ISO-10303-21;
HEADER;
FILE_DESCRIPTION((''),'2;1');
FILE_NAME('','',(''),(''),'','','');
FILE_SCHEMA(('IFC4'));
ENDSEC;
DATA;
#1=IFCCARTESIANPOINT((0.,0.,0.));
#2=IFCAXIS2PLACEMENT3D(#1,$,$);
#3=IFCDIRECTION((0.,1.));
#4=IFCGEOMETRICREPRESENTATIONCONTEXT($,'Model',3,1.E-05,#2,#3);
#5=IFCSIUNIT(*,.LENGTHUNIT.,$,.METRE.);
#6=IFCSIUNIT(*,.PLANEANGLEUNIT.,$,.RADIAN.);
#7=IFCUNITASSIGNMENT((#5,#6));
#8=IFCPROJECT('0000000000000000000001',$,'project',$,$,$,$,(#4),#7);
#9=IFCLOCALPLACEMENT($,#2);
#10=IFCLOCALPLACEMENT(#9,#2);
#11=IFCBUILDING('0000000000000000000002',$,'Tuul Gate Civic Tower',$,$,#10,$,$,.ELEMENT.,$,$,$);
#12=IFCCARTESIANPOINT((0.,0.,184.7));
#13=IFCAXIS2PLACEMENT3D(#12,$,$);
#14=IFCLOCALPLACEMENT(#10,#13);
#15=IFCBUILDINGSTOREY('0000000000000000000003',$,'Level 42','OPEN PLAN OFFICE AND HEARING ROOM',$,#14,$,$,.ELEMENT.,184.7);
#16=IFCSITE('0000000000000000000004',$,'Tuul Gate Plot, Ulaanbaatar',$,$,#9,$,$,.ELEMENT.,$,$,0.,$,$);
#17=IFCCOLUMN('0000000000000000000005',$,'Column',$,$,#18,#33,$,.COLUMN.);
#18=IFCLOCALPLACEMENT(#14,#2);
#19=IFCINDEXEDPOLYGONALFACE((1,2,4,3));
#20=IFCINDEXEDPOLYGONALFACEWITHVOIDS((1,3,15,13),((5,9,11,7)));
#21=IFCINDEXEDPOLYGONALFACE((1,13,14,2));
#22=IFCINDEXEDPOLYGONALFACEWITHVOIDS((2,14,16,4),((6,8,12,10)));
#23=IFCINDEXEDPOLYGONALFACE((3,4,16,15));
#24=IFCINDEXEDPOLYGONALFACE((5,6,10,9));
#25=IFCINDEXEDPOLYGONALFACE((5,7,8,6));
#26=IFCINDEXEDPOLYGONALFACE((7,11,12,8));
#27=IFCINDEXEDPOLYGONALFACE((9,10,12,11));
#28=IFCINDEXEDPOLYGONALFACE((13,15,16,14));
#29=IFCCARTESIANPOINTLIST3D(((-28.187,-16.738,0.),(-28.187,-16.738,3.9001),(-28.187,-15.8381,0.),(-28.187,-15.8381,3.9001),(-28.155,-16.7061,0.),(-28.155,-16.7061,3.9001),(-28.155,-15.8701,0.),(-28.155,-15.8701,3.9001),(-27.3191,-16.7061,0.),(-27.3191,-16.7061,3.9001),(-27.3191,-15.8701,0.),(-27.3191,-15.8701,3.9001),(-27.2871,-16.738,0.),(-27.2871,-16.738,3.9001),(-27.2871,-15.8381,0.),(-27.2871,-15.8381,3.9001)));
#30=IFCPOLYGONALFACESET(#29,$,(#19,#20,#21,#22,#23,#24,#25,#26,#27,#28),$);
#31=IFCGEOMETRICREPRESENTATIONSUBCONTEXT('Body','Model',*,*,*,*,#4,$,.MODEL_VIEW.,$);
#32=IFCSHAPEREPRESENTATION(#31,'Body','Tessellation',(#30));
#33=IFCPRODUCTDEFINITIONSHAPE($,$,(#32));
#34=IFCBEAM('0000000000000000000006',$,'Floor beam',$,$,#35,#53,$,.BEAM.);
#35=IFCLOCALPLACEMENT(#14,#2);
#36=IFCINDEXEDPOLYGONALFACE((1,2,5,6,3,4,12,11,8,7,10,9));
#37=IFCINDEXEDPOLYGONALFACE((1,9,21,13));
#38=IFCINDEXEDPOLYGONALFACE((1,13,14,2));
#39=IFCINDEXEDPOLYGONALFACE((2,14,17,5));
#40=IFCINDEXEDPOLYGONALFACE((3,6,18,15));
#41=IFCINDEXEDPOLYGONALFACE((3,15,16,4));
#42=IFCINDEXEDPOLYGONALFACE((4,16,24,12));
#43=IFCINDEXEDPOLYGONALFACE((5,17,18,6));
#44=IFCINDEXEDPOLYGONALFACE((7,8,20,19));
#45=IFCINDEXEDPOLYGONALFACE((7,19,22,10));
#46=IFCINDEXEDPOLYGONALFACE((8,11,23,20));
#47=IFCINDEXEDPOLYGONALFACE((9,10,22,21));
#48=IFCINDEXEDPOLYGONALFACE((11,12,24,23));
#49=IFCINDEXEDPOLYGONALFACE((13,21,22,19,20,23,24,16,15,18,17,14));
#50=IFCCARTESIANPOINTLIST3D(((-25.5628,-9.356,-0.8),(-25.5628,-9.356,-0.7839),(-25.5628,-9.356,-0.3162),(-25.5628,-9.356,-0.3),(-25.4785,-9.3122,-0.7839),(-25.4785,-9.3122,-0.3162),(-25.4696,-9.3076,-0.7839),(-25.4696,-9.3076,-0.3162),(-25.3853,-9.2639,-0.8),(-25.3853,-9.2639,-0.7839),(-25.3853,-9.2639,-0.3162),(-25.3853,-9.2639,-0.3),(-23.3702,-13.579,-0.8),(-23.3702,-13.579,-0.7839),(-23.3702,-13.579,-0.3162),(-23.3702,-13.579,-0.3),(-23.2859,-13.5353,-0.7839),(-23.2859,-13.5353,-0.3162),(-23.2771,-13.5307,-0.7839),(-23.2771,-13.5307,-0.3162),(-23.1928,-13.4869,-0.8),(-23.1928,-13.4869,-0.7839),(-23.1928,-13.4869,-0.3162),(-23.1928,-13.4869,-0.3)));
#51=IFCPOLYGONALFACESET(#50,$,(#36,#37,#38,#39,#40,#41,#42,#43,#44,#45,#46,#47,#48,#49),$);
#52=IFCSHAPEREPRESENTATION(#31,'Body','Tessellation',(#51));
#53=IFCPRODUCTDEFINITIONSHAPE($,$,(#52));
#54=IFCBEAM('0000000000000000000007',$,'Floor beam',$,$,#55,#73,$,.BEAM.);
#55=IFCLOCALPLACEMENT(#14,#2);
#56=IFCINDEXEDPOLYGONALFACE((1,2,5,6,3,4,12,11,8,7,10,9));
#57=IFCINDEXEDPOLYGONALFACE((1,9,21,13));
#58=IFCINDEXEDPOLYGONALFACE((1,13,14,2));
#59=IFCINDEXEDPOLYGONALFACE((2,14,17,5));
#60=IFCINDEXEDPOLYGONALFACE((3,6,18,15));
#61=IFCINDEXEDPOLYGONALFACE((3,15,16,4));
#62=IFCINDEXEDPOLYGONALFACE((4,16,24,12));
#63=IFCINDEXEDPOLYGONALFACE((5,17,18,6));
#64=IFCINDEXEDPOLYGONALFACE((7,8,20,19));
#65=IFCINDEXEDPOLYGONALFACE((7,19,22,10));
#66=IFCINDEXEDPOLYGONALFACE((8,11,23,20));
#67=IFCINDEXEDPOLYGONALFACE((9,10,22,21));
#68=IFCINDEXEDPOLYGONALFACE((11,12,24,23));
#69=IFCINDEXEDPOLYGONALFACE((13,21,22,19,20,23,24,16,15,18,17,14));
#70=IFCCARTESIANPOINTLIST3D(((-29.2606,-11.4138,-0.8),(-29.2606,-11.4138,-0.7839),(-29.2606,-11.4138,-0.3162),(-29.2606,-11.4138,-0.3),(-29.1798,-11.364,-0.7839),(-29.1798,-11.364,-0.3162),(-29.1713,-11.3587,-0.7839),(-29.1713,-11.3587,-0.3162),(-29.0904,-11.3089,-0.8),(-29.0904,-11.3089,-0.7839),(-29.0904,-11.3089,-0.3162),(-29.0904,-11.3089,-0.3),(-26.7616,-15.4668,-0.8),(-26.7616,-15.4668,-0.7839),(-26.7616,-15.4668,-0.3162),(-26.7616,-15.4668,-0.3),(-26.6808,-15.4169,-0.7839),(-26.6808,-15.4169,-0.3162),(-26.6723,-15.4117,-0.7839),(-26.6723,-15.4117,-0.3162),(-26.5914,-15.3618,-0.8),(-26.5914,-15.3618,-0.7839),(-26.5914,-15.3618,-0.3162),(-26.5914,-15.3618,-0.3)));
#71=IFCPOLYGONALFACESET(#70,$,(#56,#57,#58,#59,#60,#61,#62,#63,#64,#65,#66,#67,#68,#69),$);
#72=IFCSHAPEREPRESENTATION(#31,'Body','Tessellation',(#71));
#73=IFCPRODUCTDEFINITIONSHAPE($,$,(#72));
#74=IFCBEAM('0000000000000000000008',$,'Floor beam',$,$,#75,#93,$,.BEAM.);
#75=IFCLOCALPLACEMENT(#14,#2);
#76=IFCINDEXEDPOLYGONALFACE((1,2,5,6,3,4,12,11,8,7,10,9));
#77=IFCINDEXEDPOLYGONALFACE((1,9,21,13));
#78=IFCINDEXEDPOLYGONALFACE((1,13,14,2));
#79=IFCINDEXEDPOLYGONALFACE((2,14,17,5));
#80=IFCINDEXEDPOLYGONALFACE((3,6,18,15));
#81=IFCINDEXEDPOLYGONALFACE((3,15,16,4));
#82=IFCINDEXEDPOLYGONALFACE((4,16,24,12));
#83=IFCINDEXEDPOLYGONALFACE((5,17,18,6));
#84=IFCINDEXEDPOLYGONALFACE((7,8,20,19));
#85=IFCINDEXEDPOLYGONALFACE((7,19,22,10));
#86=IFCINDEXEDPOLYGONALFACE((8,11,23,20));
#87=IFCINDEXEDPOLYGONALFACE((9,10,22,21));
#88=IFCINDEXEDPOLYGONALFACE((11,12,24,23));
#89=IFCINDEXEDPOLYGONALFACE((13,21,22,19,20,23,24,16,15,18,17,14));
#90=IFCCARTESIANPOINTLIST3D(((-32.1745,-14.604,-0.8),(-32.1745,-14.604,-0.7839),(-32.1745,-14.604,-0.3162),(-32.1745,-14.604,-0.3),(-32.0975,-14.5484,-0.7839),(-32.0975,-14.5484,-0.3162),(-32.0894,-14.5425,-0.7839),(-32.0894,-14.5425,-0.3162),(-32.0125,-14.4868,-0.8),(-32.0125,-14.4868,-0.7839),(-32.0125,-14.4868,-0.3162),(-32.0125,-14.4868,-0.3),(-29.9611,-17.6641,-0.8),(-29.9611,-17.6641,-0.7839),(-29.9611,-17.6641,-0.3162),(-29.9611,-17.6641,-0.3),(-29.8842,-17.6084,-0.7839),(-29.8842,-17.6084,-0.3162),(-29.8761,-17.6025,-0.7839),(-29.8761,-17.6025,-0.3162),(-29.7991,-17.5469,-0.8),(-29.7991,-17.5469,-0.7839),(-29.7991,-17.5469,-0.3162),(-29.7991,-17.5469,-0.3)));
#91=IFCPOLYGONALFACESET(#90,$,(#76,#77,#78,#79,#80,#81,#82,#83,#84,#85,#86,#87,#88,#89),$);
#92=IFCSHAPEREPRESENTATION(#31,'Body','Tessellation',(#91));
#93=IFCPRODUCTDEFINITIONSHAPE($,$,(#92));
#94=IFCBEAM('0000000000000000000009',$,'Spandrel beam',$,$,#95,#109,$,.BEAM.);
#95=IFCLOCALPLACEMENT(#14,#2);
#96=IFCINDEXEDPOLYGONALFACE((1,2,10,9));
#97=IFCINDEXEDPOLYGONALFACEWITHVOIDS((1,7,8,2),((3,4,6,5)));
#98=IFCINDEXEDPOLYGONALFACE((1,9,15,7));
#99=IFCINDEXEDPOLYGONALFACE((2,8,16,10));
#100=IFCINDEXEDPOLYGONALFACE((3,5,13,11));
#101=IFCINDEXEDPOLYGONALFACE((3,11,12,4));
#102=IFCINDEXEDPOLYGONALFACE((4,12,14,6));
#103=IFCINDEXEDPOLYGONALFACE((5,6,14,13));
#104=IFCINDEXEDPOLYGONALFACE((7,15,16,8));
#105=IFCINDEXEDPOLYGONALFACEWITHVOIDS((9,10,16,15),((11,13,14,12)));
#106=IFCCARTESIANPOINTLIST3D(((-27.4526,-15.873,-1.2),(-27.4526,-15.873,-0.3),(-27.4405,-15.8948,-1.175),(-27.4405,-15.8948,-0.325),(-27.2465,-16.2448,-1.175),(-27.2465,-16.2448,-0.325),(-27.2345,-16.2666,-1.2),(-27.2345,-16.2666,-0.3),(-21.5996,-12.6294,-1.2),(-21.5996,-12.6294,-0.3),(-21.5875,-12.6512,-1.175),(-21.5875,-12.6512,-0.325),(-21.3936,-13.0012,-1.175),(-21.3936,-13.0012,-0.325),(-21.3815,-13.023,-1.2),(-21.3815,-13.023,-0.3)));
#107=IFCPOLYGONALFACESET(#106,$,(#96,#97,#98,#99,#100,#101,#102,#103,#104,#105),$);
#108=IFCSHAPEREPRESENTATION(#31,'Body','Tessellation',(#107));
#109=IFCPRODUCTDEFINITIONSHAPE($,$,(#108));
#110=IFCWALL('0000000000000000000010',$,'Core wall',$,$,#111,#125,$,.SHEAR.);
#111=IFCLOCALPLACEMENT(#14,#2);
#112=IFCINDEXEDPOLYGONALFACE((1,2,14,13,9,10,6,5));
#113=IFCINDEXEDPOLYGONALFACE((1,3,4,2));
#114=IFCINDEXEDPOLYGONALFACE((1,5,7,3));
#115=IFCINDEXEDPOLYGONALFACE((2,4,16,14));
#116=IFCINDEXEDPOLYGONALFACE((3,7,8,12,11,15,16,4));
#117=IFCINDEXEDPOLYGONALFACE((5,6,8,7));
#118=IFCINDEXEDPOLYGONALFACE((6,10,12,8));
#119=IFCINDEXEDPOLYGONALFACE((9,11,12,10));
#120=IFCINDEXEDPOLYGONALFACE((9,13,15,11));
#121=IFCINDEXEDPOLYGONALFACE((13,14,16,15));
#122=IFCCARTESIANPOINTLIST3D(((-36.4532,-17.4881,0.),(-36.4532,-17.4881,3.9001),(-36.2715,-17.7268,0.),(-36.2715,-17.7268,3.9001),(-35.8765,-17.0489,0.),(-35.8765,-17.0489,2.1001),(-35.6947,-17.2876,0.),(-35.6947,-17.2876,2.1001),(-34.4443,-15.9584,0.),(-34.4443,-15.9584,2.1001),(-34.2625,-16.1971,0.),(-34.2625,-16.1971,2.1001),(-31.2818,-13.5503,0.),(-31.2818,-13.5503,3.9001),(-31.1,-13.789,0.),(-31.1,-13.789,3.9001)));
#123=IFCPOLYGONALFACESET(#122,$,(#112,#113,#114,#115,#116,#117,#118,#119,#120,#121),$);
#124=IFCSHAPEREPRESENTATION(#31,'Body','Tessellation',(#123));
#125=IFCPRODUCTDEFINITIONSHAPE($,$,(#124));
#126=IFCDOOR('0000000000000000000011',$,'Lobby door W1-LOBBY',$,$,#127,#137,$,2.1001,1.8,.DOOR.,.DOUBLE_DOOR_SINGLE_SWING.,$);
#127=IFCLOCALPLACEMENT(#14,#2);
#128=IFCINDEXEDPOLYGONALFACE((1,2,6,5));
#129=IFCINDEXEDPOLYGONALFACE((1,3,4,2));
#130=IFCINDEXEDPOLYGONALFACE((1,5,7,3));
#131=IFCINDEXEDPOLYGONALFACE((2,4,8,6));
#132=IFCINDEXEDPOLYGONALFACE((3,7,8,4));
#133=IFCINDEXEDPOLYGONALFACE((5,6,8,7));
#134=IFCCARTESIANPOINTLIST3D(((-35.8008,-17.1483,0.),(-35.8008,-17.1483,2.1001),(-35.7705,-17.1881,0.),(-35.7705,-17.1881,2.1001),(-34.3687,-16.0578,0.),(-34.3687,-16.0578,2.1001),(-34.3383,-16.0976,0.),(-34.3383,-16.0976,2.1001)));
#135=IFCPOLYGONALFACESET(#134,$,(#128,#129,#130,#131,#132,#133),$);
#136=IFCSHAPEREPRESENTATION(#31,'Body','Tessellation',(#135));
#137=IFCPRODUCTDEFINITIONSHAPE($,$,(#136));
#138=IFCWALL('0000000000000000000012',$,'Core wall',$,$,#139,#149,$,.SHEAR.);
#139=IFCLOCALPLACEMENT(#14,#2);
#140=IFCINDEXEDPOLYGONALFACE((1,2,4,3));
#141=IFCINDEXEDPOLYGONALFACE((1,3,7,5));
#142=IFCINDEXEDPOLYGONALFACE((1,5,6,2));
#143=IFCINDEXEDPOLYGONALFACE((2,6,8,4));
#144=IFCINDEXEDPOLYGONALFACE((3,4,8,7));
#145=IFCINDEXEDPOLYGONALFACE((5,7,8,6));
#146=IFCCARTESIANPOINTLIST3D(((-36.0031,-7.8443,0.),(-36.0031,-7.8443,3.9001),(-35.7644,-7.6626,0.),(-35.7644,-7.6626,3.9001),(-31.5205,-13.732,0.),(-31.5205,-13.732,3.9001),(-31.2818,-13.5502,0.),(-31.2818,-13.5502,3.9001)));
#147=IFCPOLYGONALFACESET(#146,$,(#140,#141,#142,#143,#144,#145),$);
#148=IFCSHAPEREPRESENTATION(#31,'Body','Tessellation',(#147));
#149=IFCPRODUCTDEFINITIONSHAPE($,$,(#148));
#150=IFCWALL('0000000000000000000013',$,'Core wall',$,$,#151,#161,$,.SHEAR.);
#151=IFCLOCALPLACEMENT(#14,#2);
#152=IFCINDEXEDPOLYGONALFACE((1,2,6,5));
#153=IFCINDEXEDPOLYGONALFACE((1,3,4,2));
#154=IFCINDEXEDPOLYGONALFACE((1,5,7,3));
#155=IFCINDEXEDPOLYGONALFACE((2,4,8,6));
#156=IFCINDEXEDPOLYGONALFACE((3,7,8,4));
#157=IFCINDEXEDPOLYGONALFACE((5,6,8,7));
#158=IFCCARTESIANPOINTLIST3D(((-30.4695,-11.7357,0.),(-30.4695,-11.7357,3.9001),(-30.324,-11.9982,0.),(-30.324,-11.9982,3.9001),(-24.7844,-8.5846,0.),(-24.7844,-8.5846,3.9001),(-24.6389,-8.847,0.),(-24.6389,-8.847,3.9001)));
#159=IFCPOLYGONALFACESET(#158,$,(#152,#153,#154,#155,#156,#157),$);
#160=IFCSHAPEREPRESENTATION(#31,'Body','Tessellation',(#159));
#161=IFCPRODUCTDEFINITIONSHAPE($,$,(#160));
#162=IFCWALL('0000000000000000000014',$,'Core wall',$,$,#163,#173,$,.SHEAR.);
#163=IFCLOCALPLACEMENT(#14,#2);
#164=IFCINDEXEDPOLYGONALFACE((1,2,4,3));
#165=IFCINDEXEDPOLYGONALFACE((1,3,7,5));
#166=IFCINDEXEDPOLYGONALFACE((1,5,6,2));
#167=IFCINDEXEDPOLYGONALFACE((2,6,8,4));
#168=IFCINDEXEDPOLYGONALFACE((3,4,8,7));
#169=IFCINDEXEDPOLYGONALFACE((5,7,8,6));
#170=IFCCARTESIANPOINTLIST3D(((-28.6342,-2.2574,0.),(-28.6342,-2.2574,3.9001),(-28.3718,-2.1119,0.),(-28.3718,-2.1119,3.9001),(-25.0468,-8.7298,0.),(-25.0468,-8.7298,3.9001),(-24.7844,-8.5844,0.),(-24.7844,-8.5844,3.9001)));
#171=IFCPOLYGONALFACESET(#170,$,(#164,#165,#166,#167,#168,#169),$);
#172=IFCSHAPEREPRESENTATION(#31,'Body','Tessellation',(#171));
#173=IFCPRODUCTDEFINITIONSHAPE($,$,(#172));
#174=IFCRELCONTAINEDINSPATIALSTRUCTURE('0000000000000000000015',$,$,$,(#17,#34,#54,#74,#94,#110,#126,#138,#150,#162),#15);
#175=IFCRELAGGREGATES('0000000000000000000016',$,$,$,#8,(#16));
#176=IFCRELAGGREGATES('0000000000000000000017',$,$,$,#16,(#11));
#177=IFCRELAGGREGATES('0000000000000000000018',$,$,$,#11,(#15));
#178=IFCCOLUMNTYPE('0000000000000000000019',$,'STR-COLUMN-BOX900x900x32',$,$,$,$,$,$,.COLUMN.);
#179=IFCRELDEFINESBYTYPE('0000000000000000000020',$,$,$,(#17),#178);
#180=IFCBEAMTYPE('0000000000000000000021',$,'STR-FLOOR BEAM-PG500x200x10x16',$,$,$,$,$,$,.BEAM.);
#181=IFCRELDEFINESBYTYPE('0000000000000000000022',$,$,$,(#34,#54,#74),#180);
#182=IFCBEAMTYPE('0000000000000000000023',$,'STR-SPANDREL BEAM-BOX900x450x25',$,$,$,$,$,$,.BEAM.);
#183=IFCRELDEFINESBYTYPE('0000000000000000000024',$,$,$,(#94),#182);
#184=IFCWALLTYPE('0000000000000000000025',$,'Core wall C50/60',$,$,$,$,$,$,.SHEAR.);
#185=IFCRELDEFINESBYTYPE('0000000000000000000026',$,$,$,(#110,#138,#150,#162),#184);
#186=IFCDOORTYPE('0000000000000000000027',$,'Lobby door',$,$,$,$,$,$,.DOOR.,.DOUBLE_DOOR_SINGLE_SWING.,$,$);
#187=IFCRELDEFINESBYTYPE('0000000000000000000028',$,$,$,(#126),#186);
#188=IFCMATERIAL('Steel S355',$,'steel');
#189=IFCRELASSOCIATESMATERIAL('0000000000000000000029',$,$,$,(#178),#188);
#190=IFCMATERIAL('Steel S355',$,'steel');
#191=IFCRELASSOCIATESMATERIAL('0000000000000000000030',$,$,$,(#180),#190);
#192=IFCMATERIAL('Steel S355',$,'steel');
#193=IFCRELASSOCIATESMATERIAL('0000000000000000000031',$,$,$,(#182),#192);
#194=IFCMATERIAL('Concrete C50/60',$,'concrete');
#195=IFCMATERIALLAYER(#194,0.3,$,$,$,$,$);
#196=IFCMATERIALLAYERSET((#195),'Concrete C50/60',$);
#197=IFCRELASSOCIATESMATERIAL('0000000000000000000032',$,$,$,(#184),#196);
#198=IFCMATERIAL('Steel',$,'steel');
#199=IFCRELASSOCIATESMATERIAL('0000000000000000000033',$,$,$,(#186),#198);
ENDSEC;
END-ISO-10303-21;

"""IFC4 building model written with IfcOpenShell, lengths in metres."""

from ifc_helpers import new_model, si_unit, direction, frame, frame_2d, origin, origin_2d, place, context, subcontext, project, spatial, rectangle, hollow_rectangle, i_section, extrude, material, layer, layer_set, material_profile, profile_set, type_object, element, fill, save


model = new_model("IFC4")

# Units and contexts
model_context = context("Model", 3, precision=1e-05, world=origin(), true_north=direction((0.0, 1.0)))
body_context = subcontext(model_context, "Body", "Model", "MODEL_VIEW")
ifc_project = project(units=[si_unit("LENGTHUNIT", "METRE"), si_unit("PLANEANGLEUNIT", "RADIAN")], contexts=[model_context])

# Site, building, storey
site_placement = place(None, origin())
site = spatial("IfcSite", under=ifc_project, at=site_placement, Name="Tuul Gate Plot, Ulaanbaatar", CompositionType="ELEMENT", RefElevation=0.0)
building_placement = place(site_placement, origin())
building = spatial("IfcBuilding", under=site, at=building_placement, Name="Tuul Gate Civic Tower", CompositionType="ELEMENT")
storey_placement = place(building_placement, frame((0.0, 0.0, 184.7)))
storey = spatial("IfcBuildingStorey", under=building, at=storey_placement, Name="Level 42", Description="OPEN PLAN OFFICE AND HEARING ROOM", CompositionType="ELEMENT", Elevation=184.7)

# Column
ifc_material_1 = material(Name="Steel S355", Category="steel")
ifc_material_profile_1 = material_profile(ifc_material_1, hollow_rectangle(XDim=0.8999, YDim=0.8999, WallThickness=0.032, at=origin_2d()), Name="BOX900x900x32")
ifc_profile_set_1 = profile_set([ifc_material_profile_1], Name="Steel S355")
column_type = type_object("IfcColumnType", Name="STR-COLUMN-BOX900x900x32", PredefinedType="COLUMN", material=ifc_profile_set_1)
column_placement = place(storey_placement, frame((-27.7371, -16.2881, 0.0), z_axis=(0.0, 0.0, 1.0), x_axis=(1.0, 0.0, 0.0)))
element("IfcColumn", 1, at=column_placement, inside=storey, type_object=column_type, Name="Column", PredefinedType="COLUMN", context=body_context, shape_type="SweptSolid", body=[
    extrude(hollow_rectangle(XDim=0.8999, YDim=0.8999, WallThickness=0.032, at=origin_2d()), origin(), (0.0, 0.0, 1.0), 3.9001),
])

# Beams
ifc_material_2 = material(Name="Steel S355", Category="steel")
ifc_material_profile_2 = material_profile(ifc_material_2, i_section(OverallWidth=0.2, OverallDepth=0.5, WebThickness=0.01, FlangeThickness=0.0161, at=origin_2d()), Name="PG500x200x10x16")
ifc_profile_set_2 = profile_set([ifc_material_profile_2], Name="Steel S355")
beam_type_1 = type_object("IfcBeamType", Name="STR-FLOOR BEAM-PG500x200x10x16", PredefinedType="BEAM", material=ifc_profile_set_2)
beam_1_placement = place(storey_placement, frame((-23.2815, -13.533, -0.55), z_axis=(-0.460789, 0.88751, 0.0), x_axis=(-0.88751, -0.460789, 0.0)))
element("IfcBeam", 2, at=beam_1_placement, inside=storey, type_object=beam_type_1, Name="Floor beam", PredefinedType="BEAM", context=body_context, shape_type="SweptSolid", body=[
    extrude(i_section(OverallWidth=0.2, OverallDepth=0.5, WebThickness=0.01, FlangeThickness=0.0161, at=origin_2d()), origin(), (0.0, 0.0, 1.0), 4.7583),
])
beam_2_placement = place(storey_placement, frame((-26.6765, -15.4143, -0.55), z_axis=(-0.524841, 0.8512, 0.0), x_axis=(-0.8512, -0.524841, 0.0)))
element("IfcBeam", 3, at=beam_2_placement, inside=storey, type_object=beam_type_1, Name="Floor beam", PredefinedType="BEAM", context=body_context, shape_type="SweptSolid", body=[
    extrude(i_section(OverallWidth=0.2, OverallDepth=0.5, WebThickness=0.01, FlangeThickness=0.0161, at=origin_2d()), origin(), (0.0, 0.0, 1.0), 4.7615),
])
beam_3_placement = place(storey_placement, frame((-29.8801, -17.6055, -0.55), z_axis=(-0.586071, 0.81026, 0.0), x_axis=(-0.81026, -0.586071, 0.0)))
element("IfcBeam", 4, at=beam_3_placement, inside=storey, type_object=beam_type_1, Name="Floor beam", PredefinedType="BEAM", context=body_context, shape_type="SweptSolid", body=[
    extrude(i_section(OverallWidth=0.2, OverallDepth=0.5, WebThickness=0.01, FlangeThickness=0.0161, at=origin_2d()), origin(), (0.0, 0.0, 1.0), 3.7766),
])
ifc_material_3 = material(Name="Steel S355", Category="steel")
ifc_material_profile_3 = material_profile(ifc_material_3, hollow_rectangle(XDim=0.45, YDim=0.8999, WallThickness=0.0249, at=origin_2d()), Name="BOX900x450x25")
ifc_profile_set_3 = profile_set([ifc_material_profile_3], Name="Steel S355")
beam_type_2 = type_object("IfcBeamType", Name="STR-SPANDREL BEAM-BOX900x450x25", PredefinedType="BEAM", material=ifc_profile_set_3)
beam_4_placement = place(storey_placement, frame((-27.3435, -16.0698, -0.75), z_axis=(0.874666, 0.484726, 0.0), x_axis=(-0.484726, 0.874666, 0.0)))
element("IfcBeam", 5, at=beam_4_placement, inside=storey, type_object=beam_type_2, Name="Spandrel beam", PredefinedType="BEAM", context=body_context, shape_type="SweptSolid", body=[
    extrude(hollow_rectangle(XDim=0.45, YDim=0.8999, WallThickness=0.0249, at=origin_2d()), origin(), (0.0, 0.0, 1.0), 6.6917),
])

# Wall, opening, door
ifc_material_4 = material(Name="Concrete C50/60", Category="concrete")
ifc_layer_1 = layer(ifc_material_4, 0.3)
ifc_layer_set_1 = layer_set([ifc_layer_1], Name="Concrete C50/60")
wall_type_1 = type_object("IfcWallType", Name="Core wall C50/60", PredefinedType="SHEAR", material=ifc_layer_set_1)
wall_1_placement = place(storey_placement, frame((-31.1909, -13.6697, 0.0), z_axis=(0.0, 0.0, 1.0), x_axis=(-0.795607, -0.605813, 0.0)))
wall_1 = element("IfcWall", 6, at=wall_1_placement, inside=storey, type_object=wall_type_1, Name="Core wall", PredefinedType="SHEAR", context=body_context, shape_type="SweptSolid", body=[
    extrude(rectangle(XDim=6.5, YDim=0.3, at=frame_2d((3.25, 0.0))), origin(), (0.0, 0.0, 1.0), 3.9001),
])
opening_1_placement = place(wall_1_placement, frame((3.9751, 0.0, 0.0)))
opening_1 = element("IfcOpeningElement", 7, at=opening_1_placement, cuts=wall_1, PredefinedType="OPENING", context=body_context, shape_type="SweptSolid", body=[
    extrude(rectangle(XDim=1.8, YDim=2.1001, at=frame_2d((0.8999, 1.05))), frame((0.0, 0.1602, 0.0), z_axis=(0.0, -1.0, 0.0), x_axis=(1.0, 0.0, 0.0)), (0.0, 0.0, 1.0), 0.3201),
])
ifc_material_5 = material(Name="Steel", Category="steel")
door_type_1 = type_object("IfcDoorType", Name="Lobby door", OperationType="DOUBLE_DOOR_SINGLE_SWING", PredefinedType="DOOR", material=ifc_material_5)
door_1_placement = place(opening_1_placement, origin())
door_1 = element("IfcDoor", 8, at=door_1_placement, inside=storey, type_object=door_type_1, Name="Lobby door W1-LOBBY", OperationType="DOUBLE_DOOR_SINGLE_SWING", OverallHeight=2.1001, OverallWidth=1.8, PredefinedType="DOOR", context=body_context, shape_type="SweptSolid", body=[
    extrude(rectangle(XDim=1.8, YDim=2.1001, at=frame_2d((0.8999, 1.05))), frame((0.0, 0.0249, 0.0), z_axis=(0.0, -1.0, 0.0), x_axis=(1.0, 0.0, 0.0)), (0.0, 0.0, 1.0), 0.05),
])
fill(opening_1, door_1)

# Walls
wall_2_placement = place(storey_placement, frame((-31.4011, -13.6411, 0.0), z_axis=(0.0, 0.0, 1.0), x_axis=(-0.60577, 0.79564, 0.0)))
element("IfcWall", 9, at=wall_2_placement, inside=storey, type_object=wall_type_1, Name="Core wall", PredefinedType="SHEAR", context=body_context, shape_type="SweptSolid", body=[
    extrude(rectangle(XDim=7.3999, YDim=0.3, at=frame_2d((3.7, 0.0))), origin(), (0.0, 0.0, 1.0), 3.9001),
])
wall_3_placement = place(storey_placement, frame((-24.7117, -8.7158, 0.0), z_axis=(0.0, 0.0, 1.0), x_axis=(-0.87463, -0.484791, 0.0)))
element("IfcWall", 10, at=wall_3_placement, inside=storey, type_object=wall_type_1, Name="Core wall", PredefinedType="SHEAR", context=body_context, shape_type="SweptSolid", body=[
    extrude(rectangle(XDim=6.5, YDim=0.3, at=frame_2d((3.25, 0.0))), origin(), (0.0, 0.0, 1.0), 3.9001),
])
wall_4_placement = place(storey_placement, frame((-24.9155, -8.6572, 0.0), z_axis=(0.0, 0.0, 1.0), x_axis=(-0.484777, 0.874638, 0.0)))
element("IfcWall", 11, at=wall_4_placement, inside=storey, type_object=wall_type_1, Name="Core wall", PredefinedType="SHEAR", context=body_context, shape_type="SweptSolid", body=[
    extrude(rectangle(XDim=7.4001, YDim=0.3, at=frame_2d((3.7002, 0.0))), origin(), (0.0, 0.0, 1.0), 3.9001),
])

save(model, "model.ifc")
